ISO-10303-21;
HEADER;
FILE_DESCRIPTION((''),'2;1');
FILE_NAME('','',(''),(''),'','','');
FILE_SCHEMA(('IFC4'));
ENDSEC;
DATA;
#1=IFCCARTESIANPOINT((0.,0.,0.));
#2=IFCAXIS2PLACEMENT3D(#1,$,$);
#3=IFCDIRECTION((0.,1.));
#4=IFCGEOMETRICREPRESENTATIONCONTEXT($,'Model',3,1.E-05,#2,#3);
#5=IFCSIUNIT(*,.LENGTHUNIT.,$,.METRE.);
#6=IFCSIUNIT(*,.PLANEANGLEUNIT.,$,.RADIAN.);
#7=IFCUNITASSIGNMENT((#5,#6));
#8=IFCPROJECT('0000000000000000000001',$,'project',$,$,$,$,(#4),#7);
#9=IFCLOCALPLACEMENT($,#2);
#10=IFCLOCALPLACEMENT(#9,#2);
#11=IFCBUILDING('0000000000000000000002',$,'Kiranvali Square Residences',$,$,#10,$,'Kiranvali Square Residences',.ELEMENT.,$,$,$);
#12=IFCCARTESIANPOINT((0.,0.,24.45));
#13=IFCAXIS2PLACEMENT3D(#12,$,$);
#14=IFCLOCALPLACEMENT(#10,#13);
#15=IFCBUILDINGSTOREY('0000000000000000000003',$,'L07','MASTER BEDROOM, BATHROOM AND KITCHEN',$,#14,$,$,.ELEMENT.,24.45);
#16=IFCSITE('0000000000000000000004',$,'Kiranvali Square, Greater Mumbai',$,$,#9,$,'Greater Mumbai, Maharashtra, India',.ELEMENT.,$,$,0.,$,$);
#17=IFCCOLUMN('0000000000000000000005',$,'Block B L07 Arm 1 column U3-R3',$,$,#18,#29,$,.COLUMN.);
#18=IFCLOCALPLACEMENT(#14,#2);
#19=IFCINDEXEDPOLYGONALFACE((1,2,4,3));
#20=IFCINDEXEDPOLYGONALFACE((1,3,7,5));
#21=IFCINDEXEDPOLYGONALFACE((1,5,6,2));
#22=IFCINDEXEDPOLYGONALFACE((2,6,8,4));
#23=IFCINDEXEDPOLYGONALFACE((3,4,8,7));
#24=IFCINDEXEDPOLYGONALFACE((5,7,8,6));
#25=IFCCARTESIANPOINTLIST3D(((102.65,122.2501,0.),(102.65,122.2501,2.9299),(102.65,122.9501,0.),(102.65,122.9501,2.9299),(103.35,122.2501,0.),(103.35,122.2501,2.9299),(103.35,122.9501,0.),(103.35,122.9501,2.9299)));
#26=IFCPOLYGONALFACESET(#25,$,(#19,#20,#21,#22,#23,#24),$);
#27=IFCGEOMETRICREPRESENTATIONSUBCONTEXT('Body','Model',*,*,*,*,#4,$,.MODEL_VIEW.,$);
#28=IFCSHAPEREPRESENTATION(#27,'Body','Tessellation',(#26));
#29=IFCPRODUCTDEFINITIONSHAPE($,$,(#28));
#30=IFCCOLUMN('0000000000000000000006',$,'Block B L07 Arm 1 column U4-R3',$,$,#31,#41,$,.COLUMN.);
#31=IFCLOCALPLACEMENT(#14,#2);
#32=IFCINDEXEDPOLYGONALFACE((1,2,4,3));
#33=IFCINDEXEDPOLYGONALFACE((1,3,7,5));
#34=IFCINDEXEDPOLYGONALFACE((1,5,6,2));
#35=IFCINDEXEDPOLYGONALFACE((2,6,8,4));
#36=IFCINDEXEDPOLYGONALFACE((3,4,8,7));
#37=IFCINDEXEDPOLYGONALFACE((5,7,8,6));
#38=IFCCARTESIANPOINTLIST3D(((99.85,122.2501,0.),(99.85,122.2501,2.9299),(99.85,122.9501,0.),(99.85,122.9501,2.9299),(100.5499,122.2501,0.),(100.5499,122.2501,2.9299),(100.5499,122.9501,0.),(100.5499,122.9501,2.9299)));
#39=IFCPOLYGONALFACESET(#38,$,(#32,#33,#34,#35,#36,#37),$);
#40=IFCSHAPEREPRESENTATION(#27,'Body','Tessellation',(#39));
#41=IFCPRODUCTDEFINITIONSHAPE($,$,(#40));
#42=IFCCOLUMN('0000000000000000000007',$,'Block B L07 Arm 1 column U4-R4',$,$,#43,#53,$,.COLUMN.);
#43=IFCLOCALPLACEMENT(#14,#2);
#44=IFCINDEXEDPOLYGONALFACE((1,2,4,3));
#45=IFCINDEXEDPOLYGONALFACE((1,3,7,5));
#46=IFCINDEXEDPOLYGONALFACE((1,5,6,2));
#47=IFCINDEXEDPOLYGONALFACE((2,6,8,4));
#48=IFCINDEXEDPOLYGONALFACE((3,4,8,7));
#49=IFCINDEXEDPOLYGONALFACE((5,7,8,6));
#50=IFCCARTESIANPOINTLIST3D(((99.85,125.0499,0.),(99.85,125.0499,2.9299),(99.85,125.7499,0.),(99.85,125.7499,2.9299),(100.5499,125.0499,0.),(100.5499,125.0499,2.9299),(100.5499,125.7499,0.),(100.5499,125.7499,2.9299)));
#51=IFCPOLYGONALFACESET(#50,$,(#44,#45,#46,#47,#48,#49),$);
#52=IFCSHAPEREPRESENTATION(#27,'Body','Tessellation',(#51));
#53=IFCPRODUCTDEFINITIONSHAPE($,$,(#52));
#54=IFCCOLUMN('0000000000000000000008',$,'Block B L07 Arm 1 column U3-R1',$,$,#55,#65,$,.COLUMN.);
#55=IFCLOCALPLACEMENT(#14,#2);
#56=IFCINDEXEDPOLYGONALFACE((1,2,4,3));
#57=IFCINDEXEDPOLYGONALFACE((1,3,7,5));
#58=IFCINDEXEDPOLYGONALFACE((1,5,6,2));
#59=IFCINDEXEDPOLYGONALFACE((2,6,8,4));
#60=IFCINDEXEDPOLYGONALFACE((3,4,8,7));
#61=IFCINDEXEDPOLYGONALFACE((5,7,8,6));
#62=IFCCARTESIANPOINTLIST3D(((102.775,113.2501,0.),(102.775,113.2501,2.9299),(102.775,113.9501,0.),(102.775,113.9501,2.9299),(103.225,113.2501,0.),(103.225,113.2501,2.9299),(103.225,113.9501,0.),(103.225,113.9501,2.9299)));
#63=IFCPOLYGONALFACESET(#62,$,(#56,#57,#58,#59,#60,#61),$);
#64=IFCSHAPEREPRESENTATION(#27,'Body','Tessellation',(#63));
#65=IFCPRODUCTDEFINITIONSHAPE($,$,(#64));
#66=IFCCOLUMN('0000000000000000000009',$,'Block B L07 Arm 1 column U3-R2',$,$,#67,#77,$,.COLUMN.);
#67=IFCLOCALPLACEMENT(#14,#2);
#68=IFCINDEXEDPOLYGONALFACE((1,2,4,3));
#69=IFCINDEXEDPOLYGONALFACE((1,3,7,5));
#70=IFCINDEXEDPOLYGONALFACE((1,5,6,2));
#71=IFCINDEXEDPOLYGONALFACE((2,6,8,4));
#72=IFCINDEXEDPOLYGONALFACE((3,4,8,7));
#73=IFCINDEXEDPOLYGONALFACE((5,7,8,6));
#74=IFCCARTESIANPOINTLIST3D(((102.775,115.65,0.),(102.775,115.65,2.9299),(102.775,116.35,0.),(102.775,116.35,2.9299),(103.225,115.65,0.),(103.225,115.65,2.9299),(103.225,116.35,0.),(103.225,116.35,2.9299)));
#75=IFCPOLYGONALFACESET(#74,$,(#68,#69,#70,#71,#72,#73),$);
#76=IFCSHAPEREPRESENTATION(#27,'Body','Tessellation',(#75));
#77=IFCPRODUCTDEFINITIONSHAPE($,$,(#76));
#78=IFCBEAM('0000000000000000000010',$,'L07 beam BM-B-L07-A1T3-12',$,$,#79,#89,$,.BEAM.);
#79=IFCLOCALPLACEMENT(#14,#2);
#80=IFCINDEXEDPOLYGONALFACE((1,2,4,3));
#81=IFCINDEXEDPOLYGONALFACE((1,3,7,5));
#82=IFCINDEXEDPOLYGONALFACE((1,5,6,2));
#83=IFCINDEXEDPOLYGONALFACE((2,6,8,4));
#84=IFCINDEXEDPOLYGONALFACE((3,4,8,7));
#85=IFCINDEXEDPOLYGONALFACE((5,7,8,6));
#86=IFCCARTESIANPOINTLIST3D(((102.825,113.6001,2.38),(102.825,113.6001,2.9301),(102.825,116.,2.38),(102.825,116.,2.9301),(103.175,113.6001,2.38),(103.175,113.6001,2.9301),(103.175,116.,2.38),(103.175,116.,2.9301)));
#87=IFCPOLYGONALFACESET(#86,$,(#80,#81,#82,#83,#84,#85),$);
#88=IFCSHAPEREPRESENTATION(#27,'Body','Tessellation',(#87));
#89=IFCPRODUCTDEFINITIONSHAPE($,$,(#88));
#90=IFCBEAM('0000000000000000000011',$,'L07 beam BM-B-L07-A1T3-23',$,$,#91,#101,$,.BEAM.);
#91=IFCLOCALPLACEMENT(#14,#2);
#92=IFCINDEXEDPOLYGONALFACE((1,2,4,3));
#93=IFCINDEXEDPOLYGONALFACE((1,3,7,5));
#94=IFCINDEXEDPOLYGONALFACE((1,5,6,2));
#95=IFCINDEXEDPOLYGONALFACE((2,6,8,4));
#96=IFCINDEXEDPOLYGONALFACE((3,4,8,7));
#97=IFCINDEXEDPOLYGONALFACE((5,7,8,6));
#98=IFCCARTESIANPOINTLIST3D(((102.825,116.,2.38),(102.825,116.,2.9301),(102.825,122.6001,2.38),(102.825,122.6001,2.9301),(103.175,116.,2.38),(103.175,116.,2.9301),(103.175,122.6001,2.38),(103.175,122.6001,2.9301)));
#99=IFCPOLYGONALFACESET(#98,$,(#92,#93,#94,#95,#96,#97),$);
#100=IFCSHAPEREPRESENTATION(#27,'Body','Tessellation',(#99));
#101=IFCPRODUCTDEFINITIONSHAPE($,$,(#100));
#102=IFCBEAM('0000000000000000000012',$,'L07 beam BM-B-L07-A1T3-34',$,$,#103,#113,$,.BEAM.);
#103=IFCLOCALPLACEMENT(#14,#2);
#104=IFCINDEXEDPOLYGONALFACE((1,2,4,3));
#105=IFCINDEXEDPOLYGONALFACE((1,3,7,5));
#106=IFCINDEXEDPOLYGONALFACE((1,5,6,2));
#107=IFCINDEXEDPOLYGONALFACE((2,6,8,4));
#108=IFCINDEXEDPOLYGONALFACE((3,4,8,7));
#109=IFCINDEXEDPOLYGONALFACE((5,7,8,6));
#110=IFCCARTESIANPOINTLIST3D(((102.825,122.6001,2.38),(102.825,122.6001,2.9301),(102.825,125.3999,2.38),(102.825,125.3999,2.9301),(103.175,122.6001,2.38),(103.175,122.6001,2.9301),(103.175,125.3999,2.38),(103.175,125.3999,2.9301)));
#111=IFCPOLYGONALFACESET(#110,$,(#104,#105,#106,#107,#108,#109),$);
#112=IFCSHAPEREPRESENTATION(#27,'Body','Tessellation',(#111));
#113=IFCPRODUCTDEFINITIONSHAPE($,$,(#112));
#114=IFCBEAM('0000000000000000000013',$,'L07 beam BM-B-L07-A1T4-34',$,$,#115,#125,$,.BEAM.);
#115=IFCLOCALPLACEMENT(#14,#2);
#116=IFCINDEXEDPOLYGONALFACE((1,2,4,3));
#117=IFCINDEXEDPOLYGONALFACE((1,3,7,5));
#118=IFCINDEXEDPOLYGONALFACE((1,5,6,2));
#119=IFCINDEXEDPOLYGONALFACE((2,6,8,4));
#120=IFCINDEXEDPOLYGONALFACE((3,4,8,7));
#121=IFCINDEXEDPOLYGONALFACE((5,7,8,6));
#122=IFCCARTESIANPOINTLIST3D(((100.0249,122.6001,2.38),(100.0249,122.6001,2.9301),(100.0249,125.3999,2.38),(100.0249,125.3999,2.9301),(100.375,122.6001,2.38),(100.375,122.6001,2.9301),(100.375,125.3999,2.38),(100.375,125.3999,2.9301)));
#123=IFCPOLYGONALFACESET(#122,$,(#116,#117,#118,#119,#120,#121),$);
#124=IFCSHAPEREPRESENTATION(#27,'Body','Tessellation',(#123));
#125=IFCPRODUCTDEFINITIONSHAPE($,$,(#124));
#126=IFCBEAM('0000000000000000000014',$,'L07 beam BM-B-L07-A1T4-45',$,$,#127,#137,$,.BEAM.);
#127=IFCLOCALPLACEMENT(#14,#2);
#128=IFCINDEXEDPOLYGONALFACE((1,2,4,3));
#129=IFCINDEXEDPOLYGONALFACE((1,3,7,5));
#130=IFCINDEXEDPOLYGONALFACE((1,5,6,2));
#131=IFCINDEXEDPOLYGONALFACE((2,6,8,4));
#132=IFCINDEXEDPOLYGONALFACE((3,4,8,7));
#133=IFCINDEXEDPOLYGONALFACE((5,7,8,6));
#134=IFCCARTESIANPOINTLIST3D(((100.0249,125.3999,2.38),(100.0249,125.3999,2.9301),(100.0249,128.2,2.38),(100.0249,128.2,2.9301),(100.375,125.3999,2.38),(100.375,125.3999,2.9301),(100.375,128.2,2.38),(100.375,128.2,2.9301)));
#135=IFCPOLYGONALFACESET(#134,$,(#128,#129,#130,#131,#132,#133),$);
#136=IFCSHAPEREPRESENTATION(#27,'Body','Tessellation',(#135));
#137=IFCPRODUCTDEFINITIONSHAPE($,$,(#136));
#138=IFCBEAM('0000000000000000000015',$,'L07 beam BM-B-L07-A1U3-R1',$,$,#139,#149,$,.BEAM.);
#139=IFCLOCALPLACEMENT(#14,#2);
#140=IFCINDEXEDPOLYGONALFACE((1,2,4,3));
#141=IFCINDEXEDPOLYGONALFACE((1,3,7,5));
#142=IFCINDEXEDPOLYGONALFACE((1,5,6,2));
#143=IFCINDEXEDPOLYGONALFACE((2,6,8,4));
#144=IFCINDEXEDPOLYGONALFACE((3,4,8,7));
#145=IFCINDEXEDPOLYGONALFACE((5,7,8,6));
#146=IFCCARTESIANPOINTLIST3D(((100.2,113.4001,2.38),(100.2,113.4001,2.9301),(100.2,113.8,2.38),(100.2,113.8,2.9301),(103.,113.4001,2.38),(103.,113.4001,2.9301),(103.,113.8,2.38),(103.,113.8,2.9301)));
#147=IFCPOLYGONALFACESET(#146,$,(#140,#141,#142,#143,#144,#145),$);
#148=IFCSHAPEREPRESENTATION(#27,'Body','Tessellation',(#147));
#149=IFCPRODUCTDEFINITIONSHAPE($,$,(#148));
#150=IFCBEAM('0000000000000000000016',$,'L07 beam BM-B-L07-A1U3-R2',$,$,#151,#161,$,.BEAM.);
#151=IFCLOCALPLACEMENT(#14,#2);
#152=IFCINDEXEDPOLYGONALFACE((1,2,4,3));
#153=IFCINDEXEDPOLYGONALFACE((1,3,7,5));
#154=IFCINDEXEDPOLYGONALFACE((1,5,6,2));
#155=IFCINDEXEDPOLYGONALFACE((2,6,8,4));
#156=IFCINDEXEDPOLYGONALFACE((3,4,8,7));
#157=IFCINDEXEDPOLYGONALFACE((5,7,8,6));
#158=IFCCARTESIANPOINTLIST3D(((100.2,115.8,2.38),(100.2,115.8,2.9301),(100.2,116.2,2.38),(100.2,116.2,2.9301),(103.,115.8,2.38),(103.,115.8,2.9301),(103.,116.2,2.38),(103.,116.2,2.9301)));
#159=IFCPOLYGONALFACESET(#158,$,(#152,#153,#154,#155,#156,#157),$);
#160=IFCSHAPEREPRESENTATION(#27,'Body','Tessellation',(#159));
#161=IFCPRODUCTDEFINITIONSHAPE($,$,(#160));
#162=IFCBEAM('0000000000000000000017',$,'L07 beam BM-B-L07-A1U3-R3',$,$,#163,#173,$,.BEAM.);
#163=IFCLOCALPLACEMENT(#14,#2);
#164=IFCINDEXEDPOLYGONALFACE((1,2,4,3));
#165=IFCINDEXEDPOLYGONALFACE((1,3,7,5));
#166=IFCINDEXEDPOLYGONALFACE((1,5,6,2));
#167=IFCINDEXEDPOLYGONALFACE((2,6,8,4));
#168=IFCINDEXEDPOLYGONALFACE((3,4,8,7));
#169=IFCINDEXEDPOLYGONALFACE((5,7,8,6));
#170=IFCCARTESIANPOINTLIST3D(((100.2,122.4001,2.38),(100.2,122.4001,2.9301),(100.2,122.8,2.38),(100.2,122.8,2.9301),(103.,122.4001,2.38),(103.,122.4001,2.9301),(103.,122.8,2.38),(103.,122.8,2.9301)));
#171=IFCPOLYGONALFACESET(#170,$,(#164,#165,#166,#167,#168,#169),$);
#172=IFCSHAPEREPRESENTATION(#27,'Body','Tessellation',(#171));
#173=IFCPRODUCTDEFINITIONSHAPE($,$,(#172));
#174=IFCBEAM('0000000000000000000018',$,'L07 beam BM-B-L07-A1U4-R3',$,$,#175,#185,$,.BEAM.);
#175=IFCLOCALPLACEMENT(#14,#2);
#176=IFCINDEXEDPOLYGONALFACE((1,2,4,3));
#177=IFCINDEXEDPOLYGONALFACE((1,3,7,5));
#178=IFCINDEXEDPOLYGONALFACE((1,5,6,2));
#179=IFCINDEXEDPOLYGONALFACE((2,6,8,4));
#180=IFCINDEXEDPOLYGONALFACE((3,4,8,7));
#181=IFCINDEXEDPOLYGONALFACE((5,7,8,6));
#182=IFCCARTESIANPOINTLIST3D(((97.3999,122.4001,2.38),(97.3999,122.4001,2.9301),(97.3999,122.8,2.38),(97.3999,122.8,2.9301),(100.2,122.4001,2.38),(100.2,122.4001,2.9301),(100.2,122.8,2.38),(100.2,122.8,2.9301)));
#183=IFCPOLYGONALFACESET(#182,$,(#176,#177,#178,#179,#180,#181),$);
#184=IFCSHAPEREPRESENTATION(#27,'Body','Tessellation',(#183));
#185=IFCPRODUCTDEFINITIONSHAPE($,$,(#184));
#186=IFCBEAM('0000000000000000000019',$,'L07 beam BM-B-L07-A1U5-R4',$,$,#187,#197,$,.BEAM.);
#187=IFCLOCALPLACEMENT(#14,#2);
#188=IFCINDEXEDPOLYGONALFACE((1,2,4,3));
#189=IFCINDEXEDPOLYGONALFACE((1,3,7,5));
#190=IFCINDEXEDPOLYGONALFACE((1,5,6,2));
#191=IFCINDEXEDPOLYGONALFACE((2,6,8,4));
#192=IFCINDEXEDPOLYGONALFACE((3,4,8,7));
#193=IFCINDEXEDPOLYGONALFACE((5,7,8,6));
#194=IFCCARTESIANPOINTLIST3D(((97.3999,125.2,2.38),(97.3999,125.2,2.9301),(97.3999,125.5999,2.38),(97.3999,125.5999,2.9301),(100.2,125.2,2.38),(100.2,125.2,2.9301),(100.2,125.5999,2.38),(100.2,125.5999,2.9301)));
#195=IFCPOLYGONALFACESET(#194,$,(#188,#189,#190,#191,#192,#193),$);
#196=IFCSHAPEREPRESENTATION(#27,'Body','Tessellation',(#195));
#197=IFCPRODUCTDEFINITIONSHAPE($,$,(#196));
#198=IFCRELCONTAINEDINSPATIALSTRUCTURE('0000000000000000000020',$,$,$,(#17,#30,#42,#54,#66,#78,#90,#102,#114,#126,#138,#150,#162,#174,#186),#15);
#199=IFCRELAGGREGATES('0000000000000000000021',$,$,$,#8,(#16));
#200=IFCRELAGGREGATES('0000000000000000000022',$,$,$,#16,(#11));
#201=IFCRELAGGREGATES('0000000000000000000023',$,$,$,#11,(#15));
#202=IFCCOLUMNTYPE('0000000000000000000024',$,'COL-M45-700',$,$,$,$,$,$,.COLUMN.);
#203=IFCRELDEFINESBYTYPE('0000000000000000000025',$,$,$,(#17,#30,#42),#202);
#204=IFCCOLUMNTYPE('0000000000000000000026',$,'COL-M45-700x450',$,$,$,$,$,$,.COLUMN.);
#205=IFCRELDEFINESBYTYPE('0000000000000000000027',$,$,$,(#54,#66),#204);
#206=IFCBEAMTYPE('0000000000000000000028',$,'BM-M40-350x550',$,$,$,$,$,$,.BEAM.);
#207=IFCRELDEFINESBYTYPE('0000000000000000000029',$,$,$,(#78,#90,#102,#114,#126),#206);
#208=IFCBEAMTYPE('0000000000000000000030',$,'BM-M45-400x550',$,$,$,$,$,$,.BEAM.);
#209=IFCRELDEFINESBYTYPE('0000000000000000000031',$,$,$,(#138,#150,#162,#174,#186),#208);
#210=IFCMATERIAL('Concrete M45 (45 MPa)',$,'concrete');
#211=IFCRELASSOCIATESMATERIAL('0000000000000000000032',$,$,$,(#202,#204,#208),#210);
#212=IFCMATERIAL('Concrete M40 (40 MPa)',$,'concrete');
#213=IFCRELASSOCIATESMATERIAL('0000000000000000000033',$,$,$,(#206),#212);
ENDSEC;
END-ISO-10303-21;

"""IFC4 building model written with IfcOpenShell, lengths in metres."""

from ifc_helpers import new_model, si_unit, direction, frame, origin, origin_2d, place, context, subcontext, project, spatial, rectangle, extrude, material, material_profile, profile_set, type_object, element, save


model = new_model("IFC4")

# Units and contexts
model_context = context("Model", 3, precision=1e-05, world=origin(), true_north=direction((0.0, 1.0)))
body_context = subcontext(model_context, "Body", "Model", "MODEL_VIEW")
ifc_project = project(units=[si_unit("LENGTHUNIT", "METRE"), si_unit("PLANEANGLEUNIT", "RADIAN")], contexts=[model_context])

# Site, building, storey
site_placement = place(None, origin())
site = spatial("IfcSite", under=ifc_project, at=site_placement, Name="Kiranvali Square, Greater Mumbai", LongName="Greater Mumbai, Maharashtra, India", CompositionType="ELEMENT", RefElevation=0.0)
building_placement = place(site_placement, origin())
building = spatial("IfcBuilding", under=site, at=building_placement, Name="Kiranvali Square Residences", LongName="Kiranvali Square Residences", CompositionType="ELEMENT")
storey_placement = place(building_placement, frame((0.0, 0.0, 24.45)))
storey = spatial("IfcBuildingStorey", under=building, at=storey_placement, Name="L07", Description="MASTER BEDROOM, BATHROOM AND KITCHEN", CompositionType="ELEMENT", Elevation=24.45)

# Columns
ifc_material_1 = material(Name="Concrete M45 (45 MPa)", Category="concrete")
ifc_material_profile_1 = material_profile(ifc_material_1, rectangle(XDim=0.7, YDim=0.7, at=origin_2d()), Name="RC 700x700")
ifc_profile_set_1 = profile_set([ifc_material_profile_1], Name="Concrete M45 (45 MPa)")
column_type_1 = type_object("IfcColumnType", Name="COL-M45-700", PredefinedType="COLUMN", material=ifc_profile_set_1)
for number, where, z_axis, x_axis, name in (
    (1, (103.0, 122.6001, 0.0), (0.0, 0.0, 1.0), (1.0, 0.0, 0.0), "Block B L07 Arm 1 column U3-R3"),
    (2, (100.2, 122.6001, 0.0), (0.0, 0.0, 1.0), (1.0, 0.0, 0.0), "Block B L07 Arm 1 column U4-R3"),
    (3, (100.2, 125.3999, 0.0), (0.0, 0.0, 1.0), (1.0, 0.0, 0.0), "Block B L07 Arm 1 column U4-R4"),
):
    element("IfcColumn", number, at=place(storey_placement, frame(where, z_axis=z_axis, x_axis=x_axis)), inside=storey, type_object=column_type_1, Name=name, PredefinedType="COLUMN", context=body_context, shape_type="SweptSolid", body=[
        extrude(rectangle(XDim=0.7, YDim=0.7, at=origin_2d()), origin(), (0.0, 0.0, 1.0), 2.9299),
    ])
ifc_material_profile_2 = material_profile(ifc_material_1, rectangle(XDim=0.45, YDim=0.7, at=origin_2d()), Name="RC 700x450")
ifc_profile_set_2 = profile_set([ifc_material_profile_2], Name="Concrete M45 (45 MPa)")
column_type_2 = type_object("IfcColumnType", Name="COL-M45-700x450", PredefinedType="COLUMN", material=ifc_profile_set_2)
for number, where, z_axis, x_axis, name in (
    (4, (103.0, 113.6001, 0.0), (0.0, 0.0, 1.0), (1.0, 0.0, 0.0), "Block B L07 Arm 1 column U3-R1"),
    (5, (103.0, 116.0, 0.0), (0.0, 0.0, 1.0), (1.0, 0.0, 0.0), "Block B L07 Arm 1 column U3-R2"),
):
    element("IfcColumn", number, at=place(storey_placement, frame(where, z_axis=z_axis, x_axis=x_axis)), inside=storey, type_object=column_type_2, Name=name, PredefinedType="COLUMN", context=body_context, shape_type="SweptSolid", body=[
        extrude(rectangle(XDim=0.45, YDim=0.7, at=origin_2d()), origin(), (0.0, 0.0, 1.0), 2.9299),
    ])

# Beams
ifc_material_2 = material(Name="Concrete M40 (40 MPa)", Category="concrete")
ifc_material_profile_3 = material_profile(ifc_material_2, rectangle(XDim=0.3501, YDim=0.55, at=origin_2d()), Name="RC 350x550")
ifc_profile_set_3 = profile_set([ifc_material_profile_3], Name="Concrete M40 (40 MPa)")
beam_type_1 = type_object("IfcBeamType", Name="BM-M40-350x550", PredefinedType="BEAM", material=ifc_profile_set_3)
beam_1_placement = place(storey_placement, frame((103.0, 113.6001, 2.655), z_axis=(0.0, 1.0, 0.0), x_axis=(-1.0, 0.0, 0.0)))
element("IfcBeam", 6, at=beam_1_placement, inside=storey, type_object=beam_type_1, Name="L07 beam BM-B-L07-A1T3-12", PredefinedType="BEAM", context=body_context, shape_type="SweptSolid", body=[
    extrude(rectangle(XDim=0.3501, YDim=0.55, at=origin_2d()), origin(), (0.0, 0.0, 1.0), 2.3999),
])
beam_2_placement = place(storey_placement, frame((103.0, 116.0, 2.655), z_axis=(0.0, 1.0, 0.0), x_axis=(-1.0, 0.0, 0.0)))
element("IfcBeam", 7, at=beam_2_placement, inside=storey, type_object=beam_type_1, Name="L07 beam BM-B-L07-A1T3-23", PredefinedType="BEAM", context=body_context, shape_type="SweptSolid", body=[
    extrude(rectangle(XDim=0.3501, YDim=0.55, at=origin_2d()), origin(), (0.0, 0.0, 1.0), 6.6001),
])
for number, where, z_axis, x_axis, name in (
    (8, (103.0, 122.6001, 2.655), (0.0, 1.0, 0.0), (-1.0, 0.0, 0.0), "L07 beam BM-B-L07-A1T3-34"),
    (9, (100.2, 122.6001, 2.655), (0.0, 1.0, 0.0), (-1.0, 0.0, 0.0), "L07 beam BM-B-L07-A1T4-34"),
):
    element("IfcBeam", number, at=place(storey_placement, frame(where, z_axis=z_axis, x_axis=x_axis)), inside=storey, type_object=beam_type_1, Name=name, PredefinedType="BEAM", context=body_context, shape_type="SweptSolid", body=[
        extrude(rectangle(XDim=0.3501, YDim=0.55, at=origin_2d()), origin(), (0.0, 0.0, 1.0), 2.7998),
    ])
beam_3_placement = place(storey_placement, frame((100.2, 125.3999, 2.655), z_axis=(0.0, 1.0, 0.0), x_axis=(-1.0, 0.0, 0.0)))
element("IfcBeam", 10, at=beam_3_placement, inside=storey, type_object=beam_type_1, Name="L07 beam BM-B-L07-A1T4-45", PredefinedType="BEAM", context=body_context, shape_type="SweptSolid", body=[
    extrude(rectangle(XDim=0.3501, YDim=0.55, at=origin_2d()), origin(), (0.0, 0.0, 1.0), 2.8),
])
ifc_material_profile_4 = material_profile(ifc_material_1, rectangle(XDim=0.3999, YDim=0.55, at=origin_2d()), Name="RC 400x550")
ifc_profile_set_4 = profile_set([ifc_material_profile_4], Name="Concrete M45 (45 MPa)")
beam_type_2 = type_object("IfcBeamType", Name="BM-M45-400x550", PredefinedType="BEAM", material=ifc_profile_set_4)
for number, where, z_axis, x_axis, name in (
    (11, (103.0, 113.6001, 2.655), (-1.0, 0.0, 0.0), (0.0, -1.0, 0.0), "L07 beam BM-B-L07-A1U3-R1"),
    (12, (103.0, 116.0, 2.655), (-1.0, 0.0, 0.0), (0.0, -1.0, 0.0), "L07 beam BM-B-L07-A1U3-R2"),
    (13, (103.0, 122.6001, 2.655), (-1.0, 0.0, 0.0), (0.0, -1.0, 0.0), "L07 beam BM-B-L07-A1U3-R3"),
    (14, (100.2, 122.6001, 2.655), (-1.0, 0.0, 0.0), (0.0, -1.0, 0.0), "L07 beam BM-B-L07-A1U4-R3"),
    (15, (100.2, 125.3999, 2.655), (-1.0, 0.0, 0.0), (0.0, -1.0, 0.0), "L07 beam BM-B-L07-A1U5-R4"),
):
    element("IfcBeam", number, at=place(storey_placement, frame(where, z_axis=z_axis, x_axis=x_axis)), inside=storey, type_object=beam_type_2, Name=name, PredefinedType="BEAM", context=body_context, shape_type="SweptSolid", body=[
        extrude(rectangle(XDim=0.3999, YDim=0.55, at=origin_2d()), origin(), (0.0, 0.0, 1.0), 2.8),
    ])

save(model, "model.ifc")
